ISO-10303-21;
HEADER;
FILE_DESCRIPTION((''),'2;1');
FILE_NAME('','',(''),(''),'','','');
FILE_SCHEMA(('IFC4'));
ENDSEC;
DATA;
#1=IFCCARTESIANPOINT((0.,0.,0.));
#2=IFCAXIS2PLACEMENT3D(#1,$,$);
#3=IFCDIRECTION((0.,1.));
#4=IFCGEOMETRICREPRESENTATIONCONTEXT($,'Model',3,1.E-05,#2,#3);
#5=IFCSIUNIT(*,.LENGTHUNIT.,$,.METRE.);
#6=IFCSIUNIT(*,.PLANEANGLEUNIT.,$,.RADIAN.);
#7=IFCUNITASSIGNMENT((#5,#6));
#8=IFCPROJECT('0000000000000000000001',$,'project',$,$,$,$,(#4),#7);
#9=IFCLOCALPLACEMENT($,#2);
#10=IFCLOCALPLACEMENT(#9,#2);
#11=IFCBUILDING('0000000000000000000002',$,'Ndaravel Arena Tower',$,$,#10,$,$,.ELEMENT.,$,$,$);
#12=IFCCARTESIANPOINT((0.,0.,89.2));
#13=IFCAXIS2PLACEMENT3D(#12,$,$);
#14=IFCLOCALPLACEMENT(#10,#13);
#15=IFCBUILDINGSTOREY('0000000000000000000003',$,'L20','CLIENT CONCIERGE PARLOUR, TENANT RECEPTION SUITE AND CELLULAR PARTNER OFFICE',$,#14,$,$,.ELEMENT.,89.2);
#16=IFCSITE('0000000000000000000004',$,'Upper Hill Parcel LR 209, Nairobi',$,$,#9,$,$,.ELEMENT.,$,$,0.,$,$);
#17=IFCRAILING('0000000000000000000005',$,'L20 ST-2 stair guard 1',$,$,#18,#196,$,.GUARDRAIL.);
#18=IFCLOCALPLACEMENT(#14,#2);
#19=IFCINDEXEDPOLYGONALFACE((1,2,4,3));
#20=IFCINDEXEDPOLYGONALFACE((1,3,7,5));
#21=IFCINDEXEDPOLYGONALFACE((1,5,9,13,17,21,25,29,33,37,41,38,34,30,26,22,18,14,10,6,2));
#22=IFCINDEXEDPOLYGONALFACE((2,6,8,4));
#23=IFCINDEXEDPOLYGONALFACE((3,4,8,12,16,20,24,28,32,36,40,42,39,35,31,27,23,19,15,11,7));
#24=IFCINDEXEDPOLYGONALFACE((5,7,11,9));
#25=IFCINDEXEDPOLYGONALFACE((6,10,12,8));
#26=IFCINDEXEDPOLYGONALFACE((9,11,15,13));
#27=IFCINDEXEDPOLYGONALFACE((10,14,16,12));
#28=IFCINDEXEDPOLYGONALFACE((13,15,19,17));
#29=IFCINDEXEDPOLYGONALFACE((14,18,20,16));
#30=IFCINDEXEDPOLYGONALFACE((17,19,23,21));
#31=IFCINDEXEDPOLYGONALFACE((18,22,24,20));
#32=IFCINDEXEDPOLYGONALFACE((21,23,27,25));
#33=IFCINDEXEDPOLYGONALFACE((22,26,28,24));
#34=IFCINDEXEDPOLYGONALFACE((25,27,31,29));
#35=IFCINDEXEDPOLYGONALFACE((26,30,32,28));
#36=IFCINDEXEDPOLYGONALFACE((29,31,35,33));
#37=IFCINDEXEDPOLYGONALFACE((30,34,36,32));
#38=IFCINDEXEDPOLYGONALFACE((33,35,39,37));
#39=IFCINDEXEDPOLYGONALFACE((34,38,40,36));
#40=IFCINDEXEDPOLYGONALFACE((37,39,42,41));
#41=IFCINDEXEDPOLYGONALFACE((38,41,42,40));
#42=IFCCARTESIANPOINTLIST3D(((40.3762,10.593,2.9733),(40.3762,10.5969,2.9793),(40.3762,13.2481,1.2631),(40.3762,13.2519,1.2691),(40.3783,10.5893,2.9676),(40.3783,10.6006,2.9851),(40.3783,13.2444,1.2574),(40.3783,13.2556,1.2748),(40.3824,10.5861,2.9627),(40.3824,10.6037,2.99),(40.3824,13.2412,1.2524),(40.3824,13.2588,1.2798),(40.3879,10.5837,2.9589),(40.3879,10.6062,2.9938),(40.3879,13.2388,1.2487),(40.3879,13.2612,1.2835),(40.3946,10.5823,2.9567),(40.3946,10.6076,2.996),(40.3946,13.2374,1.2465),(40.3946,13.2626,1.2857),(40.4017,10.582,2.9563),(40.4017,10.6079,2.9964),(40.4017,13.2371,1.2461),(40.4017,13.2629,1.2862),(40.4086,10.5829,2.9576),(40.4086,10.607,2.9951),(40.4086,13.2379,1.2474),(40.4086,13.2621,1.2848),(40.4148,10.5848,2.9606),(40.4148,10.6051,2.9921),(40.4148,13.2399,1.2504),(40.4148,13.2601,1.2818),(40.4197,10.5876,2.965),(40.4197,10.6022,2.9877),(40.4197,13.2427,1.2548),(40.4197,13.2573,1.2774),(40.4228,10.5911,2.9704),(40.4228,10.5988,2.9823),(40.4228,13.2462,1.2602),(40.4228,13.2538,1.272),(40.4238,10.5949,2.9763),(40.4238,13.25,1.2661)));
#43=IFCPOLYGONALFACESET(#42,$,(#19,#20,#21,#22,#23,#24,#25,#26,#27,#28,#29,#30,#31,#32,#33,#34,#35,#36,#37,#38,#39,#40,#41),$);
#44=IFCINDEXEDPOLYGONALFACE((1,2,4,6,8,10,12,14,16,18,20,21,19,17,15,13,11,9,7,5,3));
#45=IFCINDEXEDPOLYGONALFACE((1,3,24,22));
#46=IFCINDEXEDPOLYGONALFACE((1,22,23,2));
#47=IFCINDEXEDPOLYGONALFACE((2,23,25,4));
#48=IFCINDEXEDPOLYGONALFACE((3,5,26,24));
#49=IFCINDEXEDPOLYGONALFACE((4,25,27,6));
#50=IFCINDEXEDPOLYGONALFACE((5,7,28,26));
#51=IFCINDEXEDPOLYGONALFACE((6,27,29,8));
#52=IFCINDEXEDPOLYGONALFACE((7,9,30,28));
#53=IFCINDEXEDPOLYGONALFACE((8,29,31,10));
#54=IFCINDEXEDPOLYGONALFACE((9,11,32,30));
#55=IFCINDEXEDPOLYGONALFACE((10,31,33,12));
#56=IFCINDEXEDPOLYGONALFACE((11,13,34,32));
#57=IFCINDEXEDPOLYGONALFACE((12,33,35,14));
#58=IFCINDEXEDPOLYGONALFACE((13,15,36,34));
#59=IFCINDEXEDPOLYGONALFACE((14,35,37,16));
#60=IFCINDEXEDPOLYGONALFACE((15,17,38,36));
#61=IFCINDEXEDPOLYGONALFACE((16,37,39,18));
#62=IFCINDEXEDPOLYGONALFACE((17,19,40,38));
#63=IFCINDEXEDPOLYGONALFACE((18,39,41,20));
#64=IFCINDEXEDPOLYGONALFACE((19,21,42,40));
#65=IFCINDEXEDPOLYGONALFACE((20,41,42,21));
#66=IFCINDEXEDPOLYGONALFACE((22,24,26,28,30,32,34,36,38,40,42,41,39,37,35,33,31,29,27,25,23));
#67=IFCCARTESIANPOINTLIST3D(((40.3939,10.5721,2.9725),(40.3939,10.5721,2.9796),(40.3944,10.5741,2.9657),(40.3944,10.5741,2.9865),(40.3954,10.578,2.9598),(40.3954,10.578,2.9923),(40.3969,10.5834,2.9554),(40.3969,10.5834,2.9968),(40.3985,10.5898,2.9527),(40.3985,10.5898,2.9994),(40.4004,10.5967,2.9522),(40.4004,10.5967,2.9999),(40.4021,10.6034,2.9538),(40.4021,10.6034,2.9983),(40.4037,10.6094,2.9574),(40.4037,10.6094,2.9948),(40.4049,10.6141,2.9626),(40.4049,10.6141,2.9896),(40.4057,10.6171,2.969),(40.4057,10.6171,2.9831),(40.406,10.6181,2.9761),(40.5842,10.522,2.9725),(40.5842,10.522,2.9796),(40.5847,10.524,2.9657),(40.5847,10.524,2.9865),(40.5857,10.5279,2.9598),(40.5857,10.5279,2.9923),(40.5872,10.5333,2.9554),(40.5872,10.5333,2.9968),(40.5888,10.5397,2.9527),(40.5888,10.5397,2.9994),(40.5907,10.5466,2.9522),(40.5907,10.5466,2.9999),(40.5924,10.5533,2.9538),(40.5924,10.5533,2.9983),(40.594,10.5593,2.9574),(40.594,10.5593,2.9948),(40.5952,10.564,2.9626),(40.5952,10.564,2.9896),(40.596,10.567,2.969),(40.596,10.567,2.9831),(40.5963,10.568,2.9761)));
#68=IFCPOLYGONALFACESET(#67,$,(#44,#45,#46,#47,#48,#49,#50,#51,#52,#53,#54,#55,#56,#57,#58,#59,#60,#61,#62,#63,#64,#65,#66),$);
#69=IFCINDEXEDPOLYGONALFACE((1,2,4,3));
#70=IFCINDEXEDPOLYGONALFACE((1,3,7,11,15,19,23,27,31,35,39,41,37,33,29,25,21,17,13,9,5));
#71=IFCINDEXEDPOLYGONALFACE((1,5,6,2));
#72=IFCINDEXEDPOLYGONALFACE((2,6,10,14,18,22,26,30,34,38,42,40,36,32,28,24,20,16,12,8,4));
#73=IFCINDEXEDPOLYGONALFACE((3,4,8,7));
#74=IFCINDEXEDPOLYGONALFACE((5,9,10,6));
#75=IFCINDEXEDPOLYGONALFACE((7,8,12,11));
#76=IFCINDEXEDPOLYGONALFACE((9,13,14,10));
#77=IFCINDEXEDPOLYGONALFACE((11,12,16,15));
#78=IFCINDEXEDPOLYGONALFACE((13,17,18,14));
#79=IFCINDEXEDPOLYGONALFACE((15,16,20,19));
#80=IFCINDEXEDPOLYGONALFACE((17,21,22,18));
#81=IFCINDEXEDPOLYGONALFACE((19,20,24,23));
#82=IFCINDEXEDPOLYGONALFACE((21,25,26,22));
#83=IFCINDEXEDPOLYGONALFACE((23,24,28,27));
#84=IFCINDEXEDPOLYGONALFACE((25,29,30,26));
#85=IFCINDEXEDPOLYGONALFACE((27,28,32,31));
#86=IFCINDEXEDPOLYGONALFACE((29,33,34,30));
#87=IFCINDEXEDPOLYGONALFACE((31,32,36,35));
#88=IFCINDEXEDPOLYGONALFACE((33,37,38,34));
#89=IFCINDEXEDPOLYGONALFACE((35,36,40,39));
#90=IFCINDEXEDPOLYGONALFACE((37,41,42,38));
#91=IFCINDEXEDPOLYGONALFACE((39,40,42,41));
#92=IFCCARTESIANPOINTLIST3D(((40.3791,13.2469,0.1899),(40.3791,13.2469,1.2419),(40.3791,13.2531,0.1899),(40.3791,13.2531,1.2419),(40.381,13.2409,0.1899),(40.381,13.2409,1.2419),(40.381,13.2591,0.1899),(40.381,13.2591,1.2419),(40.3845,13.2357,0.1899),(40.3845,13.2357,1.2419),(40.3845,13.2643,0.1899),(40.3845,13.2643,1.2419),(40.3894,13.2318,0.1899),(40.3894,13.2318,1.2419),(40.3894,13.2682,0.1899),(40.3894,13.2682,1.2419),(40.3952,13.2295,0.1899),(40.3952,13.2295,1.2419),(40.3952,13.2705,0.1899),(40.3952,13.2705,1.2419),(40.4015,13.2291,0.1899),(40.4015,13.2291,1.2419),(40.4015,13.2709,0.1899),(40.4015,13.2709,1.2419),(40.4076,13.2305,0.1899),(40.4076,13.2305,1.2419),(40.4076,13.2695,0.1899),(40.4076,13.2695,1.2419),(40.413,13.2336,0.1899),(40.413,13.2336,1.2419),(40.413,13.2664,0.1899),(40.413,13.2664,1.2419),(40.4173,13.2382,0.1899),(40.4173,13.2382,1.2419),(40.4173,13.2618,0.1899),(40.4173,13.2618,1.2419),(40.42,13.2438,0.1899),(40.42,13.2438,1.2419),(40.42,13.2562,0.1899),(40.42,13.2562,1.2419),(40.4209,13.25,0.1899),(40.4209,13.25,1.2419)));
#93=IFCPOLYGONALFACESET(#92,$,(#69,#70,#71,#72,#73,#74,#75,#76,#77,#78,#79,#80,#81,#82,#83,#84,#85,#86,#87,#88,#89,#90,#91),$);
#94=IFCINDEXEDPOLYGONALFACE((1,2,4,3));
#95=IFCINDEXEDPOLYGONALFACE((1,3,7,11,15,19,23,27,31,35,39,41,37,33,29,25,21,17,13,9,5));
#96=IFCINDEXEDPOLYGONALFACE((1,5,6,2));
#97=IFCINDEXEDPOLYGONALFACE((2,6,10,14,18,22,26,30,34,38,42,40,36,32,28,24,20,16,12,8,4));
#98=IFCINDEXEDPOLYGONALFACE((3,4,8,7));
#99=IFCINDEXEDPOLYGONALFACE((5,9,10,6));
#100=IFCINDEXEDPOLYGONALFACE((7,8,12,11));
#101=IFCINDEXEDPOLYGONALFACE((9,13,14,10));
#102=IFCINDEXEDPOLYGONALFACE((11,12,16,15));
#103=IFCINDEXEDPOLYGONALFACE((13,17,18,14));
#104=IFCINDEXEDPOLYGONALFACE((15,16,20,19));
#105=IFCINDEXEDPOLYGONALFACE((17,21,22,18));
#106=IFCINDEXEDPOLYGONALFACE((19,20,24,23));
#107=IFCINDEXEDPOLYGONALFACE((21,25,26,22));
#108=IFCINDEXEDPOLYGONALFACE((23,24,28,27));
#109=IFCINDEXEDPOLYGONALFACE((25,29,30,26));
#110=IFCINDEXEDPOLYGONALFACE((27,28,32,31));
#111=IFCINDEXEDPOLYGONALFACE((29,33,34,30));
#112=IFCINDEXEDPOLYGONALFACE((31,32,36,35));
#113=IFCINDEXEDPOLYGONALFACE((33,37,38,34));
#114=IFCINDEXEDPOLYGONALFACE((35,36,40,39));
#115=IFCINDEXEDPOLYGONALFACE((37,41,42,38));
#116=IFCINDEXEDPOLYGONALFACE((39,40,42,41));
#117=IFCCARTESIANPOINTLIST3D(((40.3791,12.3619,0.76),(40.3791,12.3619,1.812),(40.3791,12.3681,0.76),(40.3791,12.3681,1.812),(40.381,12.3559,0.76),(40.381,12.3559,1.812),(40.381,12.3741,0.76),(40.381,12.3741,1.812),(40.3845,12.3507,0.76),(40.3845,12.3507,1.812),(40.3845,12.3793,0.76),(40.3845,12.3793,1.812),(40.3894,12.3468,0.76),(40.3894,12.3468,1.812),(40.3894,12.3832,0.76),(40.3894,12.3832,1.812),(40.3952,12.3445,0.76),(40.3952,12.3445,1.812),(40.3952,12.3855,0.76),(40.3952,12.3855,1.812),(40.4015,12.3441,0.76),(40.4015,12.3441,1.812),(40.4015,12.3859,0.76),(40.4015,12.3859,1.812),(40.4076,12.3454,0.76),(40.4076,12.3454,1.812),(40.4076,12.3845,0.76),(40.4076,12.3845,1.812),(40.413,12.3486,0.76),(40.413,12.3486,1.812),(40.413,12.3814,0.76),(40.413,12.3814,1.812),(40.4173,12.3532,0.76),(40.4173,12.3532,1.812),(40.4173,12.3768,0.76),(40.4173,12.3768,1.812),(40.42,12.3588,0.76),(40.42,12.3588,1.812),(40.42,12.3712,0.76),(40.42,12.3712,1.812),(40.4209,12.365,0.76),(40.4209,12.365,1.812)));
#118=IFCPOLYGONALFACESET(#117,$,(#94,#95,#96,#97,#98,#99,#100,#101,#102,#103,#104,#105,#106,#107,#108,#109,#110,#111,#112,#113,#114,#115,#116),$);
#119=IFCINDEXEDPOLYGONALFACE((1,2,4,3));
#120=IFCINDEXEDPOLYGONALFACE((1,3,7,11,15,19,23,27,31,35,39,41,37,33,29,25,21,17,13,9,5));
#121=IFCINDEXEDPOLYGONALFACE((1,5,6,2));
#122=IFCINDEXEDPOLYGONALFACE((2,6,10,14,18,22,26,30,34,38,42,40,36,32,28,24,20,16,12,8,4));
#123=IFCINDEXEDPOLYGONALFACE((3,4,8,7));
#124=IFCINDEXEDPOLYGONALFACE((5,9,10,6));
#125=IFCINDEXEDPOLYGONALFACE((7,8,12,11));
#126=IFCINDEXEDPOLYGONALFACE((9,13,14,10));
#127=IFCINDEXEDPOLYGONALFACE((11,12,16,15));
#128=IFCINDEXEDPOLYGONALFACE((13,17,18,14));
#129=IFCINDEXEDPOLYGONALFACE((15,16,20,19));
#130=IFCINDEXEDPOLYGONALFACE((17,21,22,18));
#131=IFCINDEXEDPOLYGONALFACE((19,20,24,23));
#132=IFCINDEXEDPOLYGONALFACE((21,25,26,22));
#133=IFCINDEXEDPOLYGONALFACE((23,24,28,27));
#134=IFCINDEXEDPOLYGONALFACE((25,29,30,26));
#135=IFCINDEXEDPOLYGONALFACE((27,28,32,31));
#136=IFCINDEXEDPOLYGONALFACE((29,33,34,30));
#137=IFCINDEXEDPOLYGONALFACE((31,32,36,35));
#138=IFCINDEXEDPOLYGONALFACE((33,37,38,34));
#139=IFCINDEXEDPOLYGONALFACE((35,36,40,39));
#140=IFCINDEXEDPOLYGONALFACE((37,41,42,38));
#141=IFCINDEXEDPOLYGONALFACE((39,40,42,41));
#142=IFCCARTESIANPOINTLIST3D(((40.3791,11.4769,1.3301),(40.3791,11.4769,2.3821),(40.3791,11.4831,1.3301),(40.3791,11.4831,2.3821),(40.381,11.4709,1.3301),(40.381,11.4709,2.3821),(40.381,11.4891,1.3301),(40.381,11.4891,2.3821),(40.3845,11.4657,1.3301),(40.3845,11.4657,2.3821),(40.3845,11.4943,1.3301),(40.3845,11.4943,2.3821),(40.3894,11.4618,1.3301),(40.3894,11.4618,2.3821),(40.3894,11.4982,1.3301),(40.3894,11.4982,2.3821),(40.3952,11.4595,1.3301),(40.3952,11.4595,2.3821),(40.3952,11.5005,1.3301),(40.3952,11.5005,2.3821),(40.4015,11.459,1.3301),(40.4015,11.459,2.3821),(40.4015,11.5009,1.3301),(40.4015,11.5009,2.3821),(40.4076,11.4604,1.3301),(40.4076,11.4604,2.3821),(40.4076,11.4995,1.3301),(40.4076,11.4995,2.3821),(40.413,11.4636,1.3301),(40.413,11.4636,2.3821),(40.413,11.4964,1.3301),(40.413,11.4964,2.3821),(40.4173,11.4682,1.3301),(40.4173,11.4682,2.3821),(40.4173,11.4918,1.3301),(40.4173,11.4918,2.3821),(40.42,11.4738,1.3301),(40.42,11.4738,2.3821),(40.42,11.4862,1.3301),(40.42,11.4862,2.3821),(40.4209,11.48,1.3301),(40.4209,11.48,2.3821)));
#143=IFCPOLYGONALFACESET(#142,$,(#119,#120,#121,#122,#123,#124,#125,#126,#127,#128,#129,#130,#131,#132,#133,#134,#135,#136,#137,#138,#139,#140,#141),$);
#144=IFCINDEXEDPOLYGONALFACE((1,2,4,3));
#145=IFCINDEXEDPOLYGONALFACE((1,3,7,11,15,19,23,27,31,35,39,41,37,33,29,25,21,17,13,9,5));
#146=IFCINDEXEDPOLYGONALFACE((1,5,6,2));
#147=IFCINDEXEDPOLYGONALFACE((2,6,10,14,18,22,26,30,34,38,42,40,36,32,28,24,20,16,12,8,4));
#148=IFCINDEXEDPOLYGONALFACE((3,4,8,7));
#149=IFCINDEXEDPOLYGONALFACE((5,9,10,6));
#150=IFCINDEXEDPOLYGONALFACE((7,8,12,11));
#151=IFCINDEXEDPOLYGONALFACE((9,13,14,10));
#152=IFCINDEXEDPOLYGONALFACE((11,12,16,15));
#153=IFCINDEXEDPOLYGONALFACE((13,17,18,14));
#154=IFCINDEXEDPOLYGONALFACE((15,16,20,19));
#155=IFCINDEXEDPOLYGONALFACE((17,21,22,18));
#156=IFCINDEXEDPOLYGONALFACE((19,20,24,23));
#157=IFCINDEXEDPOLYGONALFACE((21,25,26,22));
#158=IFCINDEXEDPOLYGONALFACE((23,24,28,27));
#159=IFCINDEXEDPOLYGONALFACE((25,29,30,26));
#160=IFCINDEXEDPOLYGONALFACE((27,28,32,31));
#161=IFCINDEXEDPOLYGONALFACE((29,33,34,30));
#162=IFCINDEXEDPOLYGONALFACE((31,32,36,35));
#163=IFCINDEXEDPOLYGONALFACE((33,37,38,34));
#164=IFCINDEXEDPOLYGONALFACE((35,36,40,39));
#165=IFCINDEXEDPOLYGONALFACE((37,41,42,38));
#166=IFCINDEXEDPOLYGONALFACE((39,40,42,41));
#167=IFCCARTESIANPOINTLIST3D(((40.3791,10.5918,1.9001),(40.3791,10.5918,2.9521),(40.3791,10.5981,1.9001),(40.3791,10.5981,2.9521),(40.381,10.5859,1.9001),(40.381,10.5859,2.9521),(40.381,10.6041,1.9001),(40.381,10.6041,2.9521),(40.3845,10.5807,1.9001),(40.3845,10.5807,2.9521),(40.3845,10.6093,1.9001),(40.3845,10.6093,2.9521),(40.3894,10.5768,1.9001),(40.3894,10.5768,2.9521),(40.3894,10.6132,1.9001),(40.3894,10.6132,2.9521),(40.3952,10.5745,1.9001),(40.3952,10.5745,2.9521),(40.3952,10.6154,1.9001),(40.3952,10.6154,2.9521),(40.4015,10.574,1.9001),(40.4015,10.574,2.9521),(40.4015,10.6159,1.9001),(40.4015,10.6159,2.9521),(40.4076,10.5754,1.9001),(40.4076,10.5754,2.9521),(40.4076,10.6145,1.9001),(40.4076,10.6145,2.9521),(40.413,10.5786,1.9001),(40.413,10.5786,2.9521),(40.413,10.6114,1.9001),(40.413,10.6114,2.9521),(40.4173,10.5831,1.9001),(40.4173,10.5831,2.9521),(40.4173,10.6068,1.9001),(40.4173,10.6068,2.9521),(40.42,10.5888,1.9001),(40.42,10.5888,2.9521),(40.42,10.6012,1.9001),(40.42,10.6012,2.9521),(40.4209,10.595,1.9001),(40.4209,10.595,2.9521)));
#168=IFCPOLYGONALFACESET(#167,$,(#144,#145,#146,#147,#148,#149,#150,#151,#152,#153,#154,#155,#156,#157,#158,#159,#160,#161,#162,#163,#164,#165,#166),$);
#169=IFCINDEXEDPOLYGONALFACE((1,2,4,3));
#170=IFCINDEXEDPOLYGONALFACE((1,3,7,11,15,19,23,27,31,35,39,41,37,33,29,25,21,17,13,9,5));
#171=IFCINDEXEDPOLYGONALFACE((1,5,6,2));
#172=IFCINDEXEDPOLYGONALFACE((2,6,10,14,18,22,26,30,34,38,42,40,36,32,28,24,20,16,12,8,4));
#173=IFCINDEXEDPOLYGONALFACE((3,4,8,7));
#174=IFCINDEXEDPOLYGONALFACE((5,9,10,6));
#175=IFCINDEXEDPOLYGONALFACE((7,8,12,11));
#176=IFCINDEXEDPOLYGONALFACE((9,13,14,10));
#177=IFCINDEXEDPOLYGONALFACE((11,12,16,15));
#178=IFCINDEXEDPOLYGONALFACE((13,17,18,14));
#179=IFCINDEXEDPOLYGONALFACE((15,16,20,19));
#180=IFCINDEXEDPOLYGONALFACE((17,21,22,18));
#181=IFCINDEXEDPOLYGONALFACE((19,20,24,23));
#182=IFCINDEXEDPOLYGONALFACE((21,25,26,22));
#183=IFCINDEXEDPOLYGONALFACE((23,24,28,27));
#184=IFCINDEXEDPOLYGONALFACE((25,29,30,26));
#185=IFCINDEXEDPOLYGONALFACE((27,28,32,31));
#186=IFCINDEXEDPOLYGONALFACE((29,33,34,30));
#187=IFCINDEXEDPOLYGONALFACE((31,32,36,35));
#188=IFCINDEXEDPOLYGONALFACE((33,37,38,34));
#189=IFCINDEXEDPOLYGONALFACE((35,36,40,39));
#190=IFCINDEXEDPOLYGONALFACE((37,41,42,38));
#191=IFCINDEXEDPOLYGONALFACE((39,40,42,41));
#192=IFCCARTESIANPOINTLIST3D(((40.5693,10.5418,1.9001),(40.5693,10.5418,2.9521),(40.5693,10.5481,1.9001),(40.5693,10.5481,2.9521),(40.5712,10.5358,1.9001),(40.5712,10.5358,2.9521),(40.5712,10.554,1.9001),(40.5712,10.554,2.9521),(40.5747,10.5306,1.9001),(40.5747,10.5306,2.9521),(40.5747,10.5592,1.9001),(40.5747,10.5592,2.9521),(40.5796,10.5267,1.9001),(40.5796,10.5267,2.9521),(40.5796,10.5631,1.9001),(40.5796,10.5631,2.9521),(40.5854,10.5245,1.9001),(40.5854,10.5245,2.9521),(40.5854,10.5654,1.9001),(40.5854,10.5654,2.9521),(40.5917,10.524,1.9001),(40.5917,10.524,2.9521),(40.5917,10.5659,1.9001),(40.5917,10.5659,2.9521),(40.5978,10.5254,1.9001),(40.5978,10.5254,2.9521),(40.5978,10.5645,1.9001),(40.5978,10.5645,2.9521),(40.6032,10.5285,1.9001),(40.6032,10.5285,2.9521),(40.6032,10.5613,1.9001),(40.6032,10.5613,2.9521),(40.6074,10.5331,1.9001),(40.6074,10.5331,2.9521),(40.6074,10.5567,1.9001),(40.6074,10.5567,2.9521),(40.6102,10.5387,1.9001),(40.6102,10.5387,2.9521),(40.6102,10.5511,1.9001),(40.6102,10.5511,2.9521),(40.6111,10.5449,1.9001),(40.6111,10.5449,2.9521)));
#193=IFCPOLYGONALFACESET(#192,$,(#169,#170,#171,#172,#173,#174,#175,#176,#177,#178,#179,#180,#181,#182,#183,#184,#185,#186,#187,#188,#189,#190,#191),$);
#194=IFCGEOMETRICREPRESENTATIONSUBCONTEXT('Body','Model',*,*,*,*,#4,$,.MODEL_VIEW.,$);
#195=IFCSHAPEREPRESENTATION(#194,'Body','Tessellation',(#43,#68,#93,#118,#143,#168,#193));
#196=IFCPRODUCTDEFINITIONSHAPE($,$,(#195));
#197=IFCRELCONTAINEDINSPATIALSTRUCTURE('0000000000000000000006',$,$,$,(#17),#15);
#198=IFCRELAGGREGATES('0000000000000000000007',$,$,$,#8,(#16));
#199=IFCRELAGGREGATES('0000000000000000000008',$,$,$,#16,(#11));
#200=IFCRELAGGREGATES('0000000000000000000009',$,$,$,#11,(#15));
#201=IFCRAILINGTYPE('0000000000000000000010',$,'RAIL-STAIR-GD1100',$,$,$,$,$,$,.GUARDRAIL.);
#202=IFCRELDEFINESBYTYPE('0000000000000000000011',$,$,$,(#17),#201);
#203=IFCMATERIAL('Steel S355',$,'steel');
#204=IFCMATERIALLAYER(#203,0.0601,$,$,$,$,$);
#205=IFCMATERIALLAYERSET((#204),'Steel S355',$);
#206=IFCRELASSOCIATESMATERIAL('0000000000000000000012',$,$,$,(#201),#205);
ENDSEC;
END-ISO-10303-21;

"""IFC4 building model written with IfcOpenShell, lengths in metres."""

from ifc_helpers import new_model, si_unit, direction, frame, origin, origin_2d, place, context, subcontext, project, spatial, circle, extrude, material, layer, layer_set, type_object, element, save


model = new_model("IFC4")

# Units and contexts
model_context = context("Model", 3, precision=1e-05, world=origin(), true_north=direction((0.0, 1.0)))
body_context = subcontext(model_context, "Body", "Model", "MODEL_VIEW")
ifc_project = project(units=[si_unit("LENGTHUNIT", "METRE"), si_unit("PLANEANGLEUNIT", "RADIAN")], contexts=[model_context])

# Site, building, storey
site_placement = place(None, origin())
site = spatial("IfcSite", under=ifc_project, at=site_placement, Name="Upper Hill Parcel LR 209, Nairobi", CompositionType="ELEMENT", RefElevation=0.0)
building_placement = place(site_placement, origin())
building = spatial("IfcBuilding", under=site, at=building_placement, Name="Ndaravel Arena Tower", CompositionType="ELEMENT")
storey_placement = place(building_placement, frame((0.0, 0.0, 89.2)))
storey = spatial("IfcBuildingStorey", under=building, at=storey_placement, Name="L20", Description="CLIENT CONCIERGE PARLOUR, TENANT RECEPTION SUITE AND CELLULAR PARTNER OFFICE", CompositionType="ELEMENT", Elevation=89.2)

# Railing
ifc_material_1 = material(Name="Steel S355", Category="steel")
ifc_layer_1 = layer(ifc_material_1, 0.0601)
ifc_layer_set_1 = layer_set([ifc_layer_1], Name="Steel S355")
railing_type_1 = type_object("IfcRailingType", Name="RAIL-STAIR-GD1100", PredefinedType="GUARDRAIL", material=ifc_layer_set_1)
railing_1_placement = place(storey_placement, frame((40.3999, 13.25, 0.1899)))
element("IfcRailing", 1, at=railing_1_placement, inside=storey, type_object=railing_type_1, Name="L20 ST-2 stair guard 1", PredefinedType="GUARDRAIL", context=body_context, shape_type="SweptSolid", body=[
    extrude(circle(Radius=0.0239, at=origin_2d()), frame((0.0, 0.0, 1.0762), z_axis=(0.0, -0.840688, 0.541519), x_axis=(1.0, 0.0, 0.0)), (0.0, 0.0, 1.0), 3.1582),
    extrude(circle(Radius=0.0239, at=origin_2d()), frame((0.0, -2.655, 2.7861), z_axis=(0.967075, -0.254493, 0.0), x_axis=(0.254493, 0.967075, 0.0)), (0.0, 0.0, 1.0), 0.1968),
    extrude(circle(Radius=0.021, at=origin_2d()), origin(), (0.0, 0.0, 1.0), 1.052),
    extrude(circle(Radius=0.021, at=origin_2d()), frame((0.0, -0.885, 0.5701)), (0.0, 0.0, 1.0), 1.052),
    extrude(circle(Radius=0.021, at=origin_2d()), frame((0.0, -1.77, 1.1401)), (0.0, 0.0, 1.0), 1.052),
    extrude(circle(Radius=0.021, at=origin_2d()), frame((0.0, -2.655, 1.7102)), (0.0, 0.0, 1.0), 1.052),
    extrude(circle(Radius=0.021, at=origin_2d()), frame((0.1902, -2.7051, 1.7102)), (0.0, 0.0, 1.0), 1.052),
])

save(model, "model.ifc")
